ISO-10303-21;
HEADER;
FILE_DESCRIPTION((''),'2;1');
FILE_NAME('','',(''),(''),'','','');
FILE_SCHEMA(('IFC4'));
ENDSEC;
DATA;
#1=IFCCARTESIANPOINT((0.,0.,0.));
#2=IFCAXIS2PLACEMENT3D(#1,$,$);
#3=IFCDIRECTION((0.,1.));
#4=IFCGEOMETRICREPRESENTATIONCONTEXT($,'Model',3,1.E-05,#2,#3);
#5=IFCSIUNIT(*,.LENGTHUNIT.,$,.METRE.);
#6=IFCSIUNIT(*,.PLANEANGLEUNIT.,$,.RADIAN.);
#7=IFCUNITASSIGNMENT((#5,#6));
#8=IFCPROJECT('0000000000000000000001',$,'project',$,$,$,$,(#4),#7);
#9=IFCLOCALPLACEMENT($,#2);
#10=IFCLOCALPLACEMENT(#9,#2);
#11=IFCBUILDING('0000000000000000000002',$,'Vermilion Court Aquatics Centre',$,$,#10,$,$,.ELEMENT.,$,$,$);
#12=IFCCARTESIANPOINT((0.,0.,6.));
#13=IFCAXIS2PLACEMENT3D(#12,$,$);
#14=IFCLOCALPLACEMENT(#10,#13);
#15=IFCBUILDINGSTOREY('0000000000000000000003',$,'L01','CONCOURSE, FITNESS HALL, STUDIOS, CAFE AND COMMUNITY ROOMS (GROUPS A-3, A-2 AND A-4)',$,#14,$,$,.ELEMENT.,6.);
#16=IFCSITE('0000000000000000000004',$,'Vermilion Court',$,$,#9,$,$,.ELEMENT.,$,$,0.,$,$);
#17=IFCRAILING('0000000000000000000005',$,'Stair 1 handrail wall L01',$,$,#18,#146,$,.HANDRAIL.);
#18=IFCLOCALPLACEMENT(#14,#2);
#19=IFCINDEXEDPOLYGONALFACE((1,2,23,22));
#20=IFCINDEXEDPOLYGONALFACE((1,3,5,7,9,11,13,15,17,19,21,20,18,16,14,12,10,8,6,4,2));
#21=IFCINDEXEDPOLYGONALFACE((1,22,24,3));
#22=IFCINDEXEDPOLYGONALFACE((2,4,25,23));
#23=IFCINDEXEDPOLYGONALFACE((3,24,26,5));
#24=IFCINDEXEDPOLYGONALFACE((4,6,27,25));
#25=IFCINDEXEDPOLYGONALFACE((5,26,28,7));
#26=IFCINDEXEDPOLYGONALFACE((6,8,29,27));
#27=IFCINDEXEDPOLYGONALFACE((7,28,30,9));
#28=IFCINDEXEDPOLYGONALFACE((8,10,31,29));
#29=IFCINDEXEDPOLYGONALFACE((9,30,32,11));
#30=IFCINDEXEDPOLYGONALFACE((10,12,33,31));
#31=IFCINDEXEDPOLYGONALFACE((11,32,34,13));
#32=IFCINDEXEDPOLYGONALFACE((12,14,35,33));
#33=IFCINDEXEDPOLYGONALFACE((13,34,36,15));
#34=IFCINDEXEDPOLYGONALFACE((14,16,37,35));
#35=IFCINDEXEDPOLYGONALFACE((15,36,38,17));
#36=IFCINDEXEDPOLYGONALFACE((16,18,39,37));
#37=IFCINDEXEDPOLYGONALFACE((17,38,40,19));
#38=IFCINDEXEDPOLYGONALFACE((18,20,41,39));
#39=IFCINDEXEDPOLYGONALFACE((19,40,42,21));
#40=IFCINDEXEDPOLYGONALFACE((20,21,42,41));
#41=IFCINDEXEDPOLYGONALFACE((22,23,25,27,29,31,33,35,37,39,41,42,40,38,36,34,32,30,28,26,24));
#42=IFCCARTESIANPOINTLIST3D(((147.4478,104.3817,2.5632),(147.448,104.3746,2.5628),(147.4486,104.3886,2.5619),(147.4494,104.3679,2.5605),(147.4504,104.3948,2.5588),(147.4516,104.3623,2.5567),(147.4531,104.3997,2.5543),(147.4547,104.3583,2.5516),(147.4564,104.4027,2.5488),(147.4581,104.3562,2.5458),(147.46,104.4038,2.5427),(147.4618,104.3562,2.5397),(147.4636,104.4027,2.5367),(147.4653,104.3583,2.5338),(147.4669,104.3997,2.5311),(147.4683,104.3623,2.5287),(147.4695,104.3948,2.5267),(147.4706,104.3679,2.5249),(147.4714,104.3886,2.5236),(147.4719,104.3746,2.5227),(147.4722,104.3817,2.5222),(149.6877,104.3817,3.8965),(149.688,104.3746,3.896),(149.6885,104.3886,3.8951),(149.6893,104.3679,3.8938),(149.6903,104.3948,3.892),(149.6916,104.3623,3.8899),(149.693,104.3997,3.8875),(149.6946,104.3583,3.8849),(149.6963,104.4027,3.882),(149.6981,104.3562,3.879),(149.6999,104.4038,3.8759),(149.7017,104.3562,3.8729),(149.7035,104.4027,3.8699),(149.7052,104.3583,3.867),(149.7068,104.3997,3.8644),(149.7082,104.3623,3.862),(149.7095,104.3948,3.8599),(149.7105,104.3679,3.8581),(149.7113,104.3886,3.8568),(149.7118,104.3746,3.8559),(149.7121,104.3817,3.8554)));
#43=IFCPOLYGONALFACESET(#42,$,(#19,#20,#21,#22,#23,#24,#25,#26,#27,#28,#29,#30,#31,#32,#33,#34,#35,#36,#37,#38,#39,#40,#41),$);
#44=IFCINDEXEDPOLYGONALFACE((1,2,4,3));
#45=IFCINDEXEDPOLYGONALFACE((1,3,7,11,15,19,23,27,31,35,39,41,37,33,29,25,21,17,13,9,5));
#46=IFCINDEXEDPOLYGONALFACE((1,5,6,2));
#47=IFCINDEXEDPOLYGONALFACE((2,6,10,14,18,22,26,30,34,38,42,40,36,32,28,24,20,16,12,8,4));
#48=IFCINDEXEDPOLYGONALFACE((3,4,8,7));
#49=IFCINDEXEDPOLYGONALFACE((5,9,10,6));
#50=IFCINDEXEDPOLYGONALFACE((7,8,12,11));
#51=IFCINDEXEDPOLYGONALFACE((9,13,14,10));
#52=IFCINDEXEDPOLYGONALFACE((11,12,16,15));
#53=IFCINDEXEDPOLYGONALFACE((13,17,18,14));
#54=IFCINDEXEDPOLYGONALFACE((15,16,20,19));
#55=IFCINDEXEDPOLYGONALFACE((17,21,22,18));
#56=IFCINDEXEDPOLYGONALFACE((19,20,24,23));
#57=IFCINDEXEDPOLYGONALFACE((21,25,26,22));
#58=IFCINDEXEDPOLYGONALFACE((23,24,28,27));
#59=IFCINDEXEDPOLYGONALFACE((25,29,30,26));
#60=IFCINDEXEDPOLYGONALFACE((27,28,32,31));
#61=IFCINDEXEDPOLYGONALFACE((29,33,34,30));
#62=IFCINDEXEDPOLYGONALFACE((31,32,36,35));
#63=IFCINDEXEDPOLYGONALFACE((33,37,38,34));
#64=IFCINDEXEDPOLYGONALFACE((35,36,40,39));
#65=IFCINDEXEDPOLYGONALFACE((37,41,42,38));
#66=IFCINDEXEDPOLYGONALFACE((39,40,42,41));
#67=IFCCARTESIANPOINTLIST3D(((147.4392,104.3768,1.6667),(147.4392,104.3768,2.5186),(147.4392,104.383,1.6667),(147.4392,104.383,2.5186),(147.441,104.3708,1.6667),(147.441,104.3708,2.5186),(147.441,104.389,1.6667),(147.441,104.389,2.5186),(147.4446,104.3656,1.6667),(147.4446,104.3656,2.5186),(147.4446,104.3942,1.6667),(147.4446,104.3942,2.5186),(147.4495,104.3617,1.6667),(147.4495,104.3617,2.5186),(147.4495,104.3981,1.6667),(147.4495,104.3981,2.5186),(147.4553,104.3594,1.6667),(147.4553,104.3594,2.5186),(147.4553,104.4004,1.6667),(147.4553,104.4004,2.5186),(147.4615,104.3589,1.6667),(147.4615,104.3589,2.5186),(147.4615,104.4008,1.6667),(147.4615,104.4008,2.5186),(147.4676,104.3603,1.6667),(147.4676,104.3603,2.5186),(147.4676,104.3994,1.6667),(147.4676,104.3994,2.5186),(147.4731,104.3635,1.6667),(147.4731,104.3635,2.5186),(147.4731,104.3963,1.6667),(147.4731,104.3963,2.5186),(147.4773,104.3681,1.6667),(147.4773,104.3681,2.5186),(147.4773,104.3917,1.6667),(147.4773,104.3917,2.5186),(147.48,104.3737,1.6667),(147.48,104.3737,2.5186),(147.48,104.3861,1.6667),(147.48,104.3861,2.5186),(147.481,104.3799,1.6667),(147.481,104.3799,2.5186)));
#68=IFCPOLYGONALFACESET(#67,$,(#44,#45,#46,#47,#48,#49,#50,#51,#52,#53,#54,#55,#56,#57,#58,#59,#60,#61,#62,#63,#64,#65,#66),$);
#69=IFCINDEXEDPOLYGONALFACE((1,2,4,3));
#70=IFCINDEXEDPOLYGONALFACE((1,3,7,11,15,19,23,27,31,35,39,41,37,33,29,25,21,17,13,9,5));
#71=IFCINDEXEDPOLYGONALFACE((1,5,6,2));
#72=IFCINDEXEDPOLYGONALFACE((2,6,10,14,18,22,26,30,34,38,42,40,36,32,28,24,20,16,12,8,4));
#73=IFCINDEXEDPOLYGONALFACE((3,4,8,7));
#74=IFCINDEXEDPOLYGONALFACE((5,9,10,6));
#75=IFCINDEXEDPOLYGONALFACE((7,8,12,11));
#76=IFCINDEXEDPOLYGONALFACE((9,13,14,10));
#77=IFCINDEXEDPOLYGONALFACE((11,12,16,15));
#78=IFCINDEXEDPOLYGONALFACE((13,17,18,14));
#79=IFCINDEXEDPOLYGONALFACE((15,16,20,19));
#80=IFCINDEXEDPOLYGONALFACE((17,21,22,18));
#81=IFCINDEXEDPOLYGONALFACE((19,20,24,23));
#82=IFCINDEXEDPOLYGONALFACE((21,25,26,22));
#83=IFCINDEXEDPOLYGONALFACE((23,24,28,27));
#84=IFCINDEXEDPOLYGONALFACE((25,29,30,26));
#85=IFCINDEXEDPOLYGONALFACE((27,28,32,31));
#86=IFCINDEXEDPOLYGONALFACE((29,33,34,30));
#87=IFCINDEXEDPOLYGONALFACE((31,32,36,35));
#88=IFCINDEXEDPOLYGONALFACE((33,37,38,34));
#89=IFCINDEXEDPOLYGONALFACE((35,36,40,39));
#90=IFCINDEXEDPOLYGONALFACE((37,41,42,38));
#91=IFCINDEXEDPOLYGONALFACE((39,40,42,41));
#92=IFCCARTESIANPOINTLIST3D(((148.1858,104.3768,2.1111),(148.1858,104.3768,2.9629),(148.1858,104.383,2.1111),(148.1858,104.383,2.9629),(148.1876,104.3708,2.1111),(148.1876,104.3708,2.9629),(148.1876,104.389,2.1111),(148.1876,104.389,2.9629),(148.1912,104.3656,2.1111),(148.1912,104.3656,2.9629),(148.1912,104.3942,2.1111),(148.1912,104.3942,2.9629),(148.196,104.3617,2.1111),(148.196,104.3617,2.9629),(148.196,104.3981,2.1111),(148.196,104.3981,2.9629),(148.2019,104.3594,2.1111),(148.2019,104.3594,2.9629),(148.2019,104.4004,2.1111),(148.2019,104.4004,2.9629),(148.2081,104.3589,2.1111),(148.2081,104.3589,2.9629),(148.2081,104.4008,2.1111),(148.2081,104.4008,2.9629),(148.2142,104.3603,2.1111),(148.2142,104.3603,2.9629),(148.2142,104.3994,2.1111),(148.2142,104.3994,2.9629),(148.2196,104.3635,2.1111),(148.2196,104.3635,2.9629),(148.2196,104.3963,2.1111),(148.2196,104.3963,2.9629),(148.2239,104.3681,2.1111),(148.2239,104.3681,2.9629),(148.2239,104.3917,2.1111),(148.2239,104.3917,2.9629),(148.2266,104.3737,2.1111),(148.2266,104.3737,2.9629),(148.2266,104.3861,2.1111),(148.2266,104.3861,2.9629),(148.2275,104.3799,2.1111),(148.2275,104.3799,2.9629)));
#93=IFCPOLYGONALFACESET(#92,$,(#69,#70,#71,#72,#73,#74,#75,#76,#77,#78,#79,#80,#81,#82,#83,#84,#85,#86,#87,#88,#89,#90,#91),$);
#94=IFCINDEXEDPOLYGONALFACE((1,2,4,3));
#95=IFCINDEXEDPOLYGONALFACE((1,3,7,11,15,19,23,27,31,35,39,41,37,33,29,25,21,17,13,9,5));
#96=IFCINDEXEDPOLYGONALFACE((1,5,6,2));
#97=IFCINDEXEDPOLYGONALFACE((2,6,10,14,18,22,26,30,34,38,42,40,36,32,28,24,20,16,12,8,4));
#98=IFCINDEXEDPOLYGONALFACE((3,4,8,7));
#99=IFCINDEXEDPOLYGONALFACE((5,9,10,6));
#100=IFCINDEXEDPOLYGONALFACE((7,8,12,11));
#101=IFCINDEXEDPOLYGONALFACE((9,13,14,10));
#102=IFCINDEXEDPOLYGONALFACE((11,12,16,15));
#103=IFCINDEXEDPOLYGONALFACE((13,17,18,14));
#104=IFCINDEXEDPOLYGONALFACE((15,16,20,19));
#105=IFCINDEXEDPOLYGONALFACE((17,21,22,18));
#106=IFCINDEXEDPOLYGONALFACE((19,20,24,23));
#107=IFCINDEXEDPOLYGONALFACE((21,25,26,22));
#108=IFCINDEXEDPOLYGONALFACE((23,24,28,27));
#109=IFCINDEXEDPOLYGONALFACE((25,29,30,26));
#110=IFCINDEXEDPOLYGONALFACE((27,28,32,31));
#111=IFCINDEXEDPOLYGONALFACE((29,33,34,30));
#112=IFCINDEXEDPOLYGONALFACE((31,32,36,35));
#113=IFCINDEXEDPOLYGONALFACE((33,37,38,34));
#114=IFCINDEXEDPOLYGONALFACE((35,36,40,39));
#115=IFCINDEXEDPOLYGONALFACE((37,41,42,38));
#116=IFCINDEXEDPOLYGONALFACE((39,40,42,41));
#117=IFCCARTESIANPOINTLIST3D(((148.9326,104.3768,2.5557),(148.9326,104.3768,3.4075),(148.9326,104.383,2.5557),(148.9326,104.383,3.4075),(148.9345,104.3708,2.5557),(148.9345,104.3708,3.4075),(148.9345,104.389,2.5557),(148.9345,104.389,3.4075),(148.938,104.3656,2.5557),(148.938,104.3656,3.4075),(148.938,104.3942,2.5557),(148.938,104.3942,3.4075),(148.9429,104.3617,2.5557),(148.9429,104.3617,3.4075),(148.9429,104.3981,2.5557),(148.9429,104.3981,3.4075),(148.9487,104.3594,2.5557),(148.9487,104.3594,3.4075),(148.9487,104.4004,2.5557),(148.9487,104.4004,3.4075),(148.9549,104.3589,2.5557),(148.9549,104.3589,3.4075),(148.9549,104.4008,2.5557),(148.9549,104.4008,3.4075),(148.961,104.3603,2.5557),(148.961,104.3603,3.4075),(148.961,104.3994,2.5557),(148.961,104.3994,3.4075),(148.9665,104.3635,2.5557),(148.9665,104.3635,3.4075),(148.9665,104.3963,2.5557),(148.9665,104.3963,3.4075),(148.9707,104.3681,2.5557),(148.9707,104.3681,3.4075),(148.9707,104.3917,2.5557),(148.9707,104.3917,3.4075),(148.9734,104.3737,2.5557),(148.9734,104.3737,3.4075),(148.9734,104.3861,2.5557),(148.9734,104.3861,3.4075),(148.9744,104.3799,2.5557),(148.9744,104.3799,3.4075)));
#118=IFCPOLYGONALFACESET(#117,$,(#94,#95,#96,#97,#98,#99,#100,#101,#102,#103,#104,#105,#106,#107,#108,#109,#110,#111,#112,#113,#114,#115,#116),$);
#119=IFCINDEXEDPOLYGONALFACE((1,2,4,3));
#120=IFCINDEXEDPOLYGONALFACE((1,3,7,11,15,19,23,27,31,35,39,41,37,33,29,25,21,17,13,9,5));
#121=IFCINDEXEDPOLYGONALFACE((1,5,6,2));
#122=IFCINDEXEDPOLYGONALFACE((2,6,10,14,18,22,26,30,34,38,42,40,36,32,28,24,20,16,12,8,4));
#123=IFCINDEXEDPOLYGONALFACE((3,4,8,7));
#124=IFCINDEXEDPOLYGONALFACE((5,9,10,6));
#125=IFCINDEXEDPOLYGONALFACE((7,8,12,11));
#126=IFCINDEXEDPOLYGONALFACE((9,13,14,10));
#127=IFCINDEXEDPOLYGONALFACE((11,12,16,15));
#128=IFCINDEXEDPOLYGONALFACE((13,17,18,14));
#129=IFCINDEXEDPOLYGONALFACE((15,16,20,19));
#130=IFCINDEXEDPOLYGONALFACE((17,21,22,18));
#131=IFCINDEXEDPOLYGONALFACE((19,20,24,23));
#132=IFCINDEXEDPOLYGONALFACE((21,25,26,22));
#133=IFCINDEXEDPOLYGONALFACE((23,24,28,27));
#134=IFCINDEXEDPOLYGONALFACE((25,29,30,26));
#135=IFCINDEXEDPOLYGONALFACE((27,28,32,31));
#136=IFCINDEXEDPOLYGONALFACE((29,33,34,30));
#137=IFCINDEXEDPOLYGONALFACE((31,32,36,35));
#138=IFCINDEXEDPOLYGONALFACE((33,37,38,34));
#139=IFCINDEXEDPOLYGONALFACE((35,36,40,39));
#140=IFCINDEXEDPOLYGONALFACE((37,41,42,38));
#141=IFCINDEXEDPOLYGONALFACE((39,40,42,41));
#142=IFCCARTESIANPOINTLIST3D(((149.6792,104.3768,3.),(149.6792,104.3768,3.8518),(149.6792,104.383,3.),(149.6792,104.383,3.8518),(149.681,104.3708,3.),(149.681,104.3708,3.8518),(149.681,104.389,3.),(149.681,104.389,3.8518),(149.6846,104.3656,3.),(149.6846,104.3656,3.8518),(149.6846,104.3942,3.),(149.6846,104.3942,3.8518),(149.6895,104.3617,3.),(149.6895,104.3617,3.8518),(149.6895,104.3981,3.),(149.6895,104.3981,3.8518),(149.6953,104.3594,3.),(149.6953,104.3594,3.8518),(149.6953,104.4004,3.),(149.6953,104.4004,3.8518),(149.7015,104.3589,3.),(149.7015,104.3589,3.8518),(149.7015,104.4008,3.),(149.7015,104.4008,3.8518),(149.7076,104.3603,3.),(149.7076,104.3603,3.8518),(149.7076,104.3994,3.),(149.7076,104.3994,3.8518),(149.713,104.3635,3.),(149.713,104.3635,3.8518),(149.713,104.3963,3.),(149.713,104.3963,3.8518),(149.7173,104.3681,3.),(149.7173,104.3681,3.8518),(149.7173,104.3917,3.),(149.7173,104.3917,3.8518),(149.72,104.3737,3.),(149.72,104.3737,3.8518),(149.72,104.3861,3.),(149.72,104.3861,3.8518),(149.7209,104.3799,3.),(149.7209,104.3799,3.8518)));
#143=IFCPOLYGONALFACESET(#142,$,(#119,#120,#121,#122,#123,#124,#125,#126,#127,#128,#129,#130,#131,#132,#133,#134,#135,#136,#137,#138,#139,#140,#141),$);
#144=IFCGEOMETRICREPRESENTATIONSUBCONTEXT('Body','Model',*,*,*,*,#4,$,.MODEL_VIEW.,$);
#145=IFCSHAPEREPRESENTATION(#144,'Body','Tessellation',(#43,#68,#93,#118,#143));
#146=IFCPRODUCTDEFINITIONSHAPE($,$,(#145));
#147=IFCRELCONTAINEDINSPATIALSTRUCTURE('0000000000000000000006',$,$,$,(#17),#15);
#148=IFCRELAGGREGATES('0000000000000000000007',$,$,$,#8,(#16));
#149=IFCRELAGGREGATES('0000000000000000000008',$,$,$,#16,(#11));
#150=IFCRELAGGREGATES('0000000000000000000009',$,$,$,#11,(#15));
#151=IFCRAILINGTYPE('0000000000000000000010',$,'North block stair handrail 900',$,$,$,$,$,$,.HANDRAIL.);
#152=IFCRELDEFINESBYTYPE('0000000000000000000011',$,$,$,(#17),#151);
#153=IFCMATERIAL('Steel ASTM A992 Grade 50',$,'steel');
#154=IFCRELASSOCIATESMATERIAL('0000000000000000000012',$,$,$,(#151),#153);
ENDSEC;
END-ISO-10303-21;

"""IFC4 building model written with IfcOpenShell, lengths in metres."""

from ifc_helpers import new_model, si_unit, direction, frame, origin, origin_2d, place, context, subcontext, project, spatial, circle, extrude, material, type_object, element, save


model = new_model("IFC4")

# Units and contexts
model_context = context("Model", 3, precision=1e-05, world=origin(), true_north=direction((0.0, 1.0)))
body_context = subcontext(model_context, "Body", "Model", "MODEL_VIEW")
ifc_project = project(units=[si_unit("LENGTHUNIT", "METRE"), si_unit("PLANEANGLEUNIT", "RADIAN")], contexts=[model_context])

# Site, building, storey
site_placement = place(None, origin())
site = spatial("IfcSite", under=ifc_project, at=site_placement, Name="Vermilion Court", CompositionType="ELEMENT", RefElevation=0.0)
building_placement = place(site_placement, origin())
building = spatial("IfcBuilding", under=site, at=building_placement, Name="Vermilion Court Aquatics Centre", CompositionType="ELEMENT")
storey_placement = place(building_placement, frame((0.0, 0.0, 6.0)))
storey = spatial("IfcBuildingStorey", under=building, at=storey_placement, Name="L01", Description="CONCOURSE, FITNESS HALL, STUDIOS, CAFE AND COMMUNITY ROOMS (GROUPS A-3, A-2 AND A-4)", CompositionType="ELEMENT", Elevation=6.0)

# Railing
ifc_material_1 = material(Name="Steel ASTM A992 Grade 50", Category="steel")
railing_type = type_object("IfcRailingType", Name="North block stair handrail 900", PredefinedType="HANDRAIL", material=ifc_material_1)
for number, where, name in (
    (1, (147.46, 104.3799, 1.6667), "Stair 1 handrail wall L01"),
):
    element("IfcRailing", number, at=place(storey_placement, frame(where)), inside=storey, type_object=railing_type, Name=name, PredefinedType="HANDRAIL", context=body_context, shape_type="SweptSolid", body=[
        extrude(circle(Radius=0.0239, at=origin_2d()), frame((0.0, 0.0, 0.876), z_axis=(0.859306, 0.0, 0.511462), x_axis=(0.0, 1.0, 0.0)), (0.0, 0.0, 1.0), 2.6067),
        extrude(circle(Radius=0.021, at=origin_2d()), origin(), (0.0, 0.0, 1.0), 0.8518),
        extrude(circle(Radius=0.021, at=origin_2d()), frame((0.7466, 0.0, 0.4443)), (0.0, 0.0, 1.0), 0.8518),
        extrude(circle(Radius=0.021, at=origin_2d()), frame((1.4934, 0.0, 0.8889)), (0.0, 0.0, 1.0), 0.8518),
        extrude(circle(Radius=0.021, at=origin_2d()), frame((2.24, 0.0, 1.3333)), (0.0, 0.0, 1.0), 0.8518),
    ])

save(model, "model.ifc")
